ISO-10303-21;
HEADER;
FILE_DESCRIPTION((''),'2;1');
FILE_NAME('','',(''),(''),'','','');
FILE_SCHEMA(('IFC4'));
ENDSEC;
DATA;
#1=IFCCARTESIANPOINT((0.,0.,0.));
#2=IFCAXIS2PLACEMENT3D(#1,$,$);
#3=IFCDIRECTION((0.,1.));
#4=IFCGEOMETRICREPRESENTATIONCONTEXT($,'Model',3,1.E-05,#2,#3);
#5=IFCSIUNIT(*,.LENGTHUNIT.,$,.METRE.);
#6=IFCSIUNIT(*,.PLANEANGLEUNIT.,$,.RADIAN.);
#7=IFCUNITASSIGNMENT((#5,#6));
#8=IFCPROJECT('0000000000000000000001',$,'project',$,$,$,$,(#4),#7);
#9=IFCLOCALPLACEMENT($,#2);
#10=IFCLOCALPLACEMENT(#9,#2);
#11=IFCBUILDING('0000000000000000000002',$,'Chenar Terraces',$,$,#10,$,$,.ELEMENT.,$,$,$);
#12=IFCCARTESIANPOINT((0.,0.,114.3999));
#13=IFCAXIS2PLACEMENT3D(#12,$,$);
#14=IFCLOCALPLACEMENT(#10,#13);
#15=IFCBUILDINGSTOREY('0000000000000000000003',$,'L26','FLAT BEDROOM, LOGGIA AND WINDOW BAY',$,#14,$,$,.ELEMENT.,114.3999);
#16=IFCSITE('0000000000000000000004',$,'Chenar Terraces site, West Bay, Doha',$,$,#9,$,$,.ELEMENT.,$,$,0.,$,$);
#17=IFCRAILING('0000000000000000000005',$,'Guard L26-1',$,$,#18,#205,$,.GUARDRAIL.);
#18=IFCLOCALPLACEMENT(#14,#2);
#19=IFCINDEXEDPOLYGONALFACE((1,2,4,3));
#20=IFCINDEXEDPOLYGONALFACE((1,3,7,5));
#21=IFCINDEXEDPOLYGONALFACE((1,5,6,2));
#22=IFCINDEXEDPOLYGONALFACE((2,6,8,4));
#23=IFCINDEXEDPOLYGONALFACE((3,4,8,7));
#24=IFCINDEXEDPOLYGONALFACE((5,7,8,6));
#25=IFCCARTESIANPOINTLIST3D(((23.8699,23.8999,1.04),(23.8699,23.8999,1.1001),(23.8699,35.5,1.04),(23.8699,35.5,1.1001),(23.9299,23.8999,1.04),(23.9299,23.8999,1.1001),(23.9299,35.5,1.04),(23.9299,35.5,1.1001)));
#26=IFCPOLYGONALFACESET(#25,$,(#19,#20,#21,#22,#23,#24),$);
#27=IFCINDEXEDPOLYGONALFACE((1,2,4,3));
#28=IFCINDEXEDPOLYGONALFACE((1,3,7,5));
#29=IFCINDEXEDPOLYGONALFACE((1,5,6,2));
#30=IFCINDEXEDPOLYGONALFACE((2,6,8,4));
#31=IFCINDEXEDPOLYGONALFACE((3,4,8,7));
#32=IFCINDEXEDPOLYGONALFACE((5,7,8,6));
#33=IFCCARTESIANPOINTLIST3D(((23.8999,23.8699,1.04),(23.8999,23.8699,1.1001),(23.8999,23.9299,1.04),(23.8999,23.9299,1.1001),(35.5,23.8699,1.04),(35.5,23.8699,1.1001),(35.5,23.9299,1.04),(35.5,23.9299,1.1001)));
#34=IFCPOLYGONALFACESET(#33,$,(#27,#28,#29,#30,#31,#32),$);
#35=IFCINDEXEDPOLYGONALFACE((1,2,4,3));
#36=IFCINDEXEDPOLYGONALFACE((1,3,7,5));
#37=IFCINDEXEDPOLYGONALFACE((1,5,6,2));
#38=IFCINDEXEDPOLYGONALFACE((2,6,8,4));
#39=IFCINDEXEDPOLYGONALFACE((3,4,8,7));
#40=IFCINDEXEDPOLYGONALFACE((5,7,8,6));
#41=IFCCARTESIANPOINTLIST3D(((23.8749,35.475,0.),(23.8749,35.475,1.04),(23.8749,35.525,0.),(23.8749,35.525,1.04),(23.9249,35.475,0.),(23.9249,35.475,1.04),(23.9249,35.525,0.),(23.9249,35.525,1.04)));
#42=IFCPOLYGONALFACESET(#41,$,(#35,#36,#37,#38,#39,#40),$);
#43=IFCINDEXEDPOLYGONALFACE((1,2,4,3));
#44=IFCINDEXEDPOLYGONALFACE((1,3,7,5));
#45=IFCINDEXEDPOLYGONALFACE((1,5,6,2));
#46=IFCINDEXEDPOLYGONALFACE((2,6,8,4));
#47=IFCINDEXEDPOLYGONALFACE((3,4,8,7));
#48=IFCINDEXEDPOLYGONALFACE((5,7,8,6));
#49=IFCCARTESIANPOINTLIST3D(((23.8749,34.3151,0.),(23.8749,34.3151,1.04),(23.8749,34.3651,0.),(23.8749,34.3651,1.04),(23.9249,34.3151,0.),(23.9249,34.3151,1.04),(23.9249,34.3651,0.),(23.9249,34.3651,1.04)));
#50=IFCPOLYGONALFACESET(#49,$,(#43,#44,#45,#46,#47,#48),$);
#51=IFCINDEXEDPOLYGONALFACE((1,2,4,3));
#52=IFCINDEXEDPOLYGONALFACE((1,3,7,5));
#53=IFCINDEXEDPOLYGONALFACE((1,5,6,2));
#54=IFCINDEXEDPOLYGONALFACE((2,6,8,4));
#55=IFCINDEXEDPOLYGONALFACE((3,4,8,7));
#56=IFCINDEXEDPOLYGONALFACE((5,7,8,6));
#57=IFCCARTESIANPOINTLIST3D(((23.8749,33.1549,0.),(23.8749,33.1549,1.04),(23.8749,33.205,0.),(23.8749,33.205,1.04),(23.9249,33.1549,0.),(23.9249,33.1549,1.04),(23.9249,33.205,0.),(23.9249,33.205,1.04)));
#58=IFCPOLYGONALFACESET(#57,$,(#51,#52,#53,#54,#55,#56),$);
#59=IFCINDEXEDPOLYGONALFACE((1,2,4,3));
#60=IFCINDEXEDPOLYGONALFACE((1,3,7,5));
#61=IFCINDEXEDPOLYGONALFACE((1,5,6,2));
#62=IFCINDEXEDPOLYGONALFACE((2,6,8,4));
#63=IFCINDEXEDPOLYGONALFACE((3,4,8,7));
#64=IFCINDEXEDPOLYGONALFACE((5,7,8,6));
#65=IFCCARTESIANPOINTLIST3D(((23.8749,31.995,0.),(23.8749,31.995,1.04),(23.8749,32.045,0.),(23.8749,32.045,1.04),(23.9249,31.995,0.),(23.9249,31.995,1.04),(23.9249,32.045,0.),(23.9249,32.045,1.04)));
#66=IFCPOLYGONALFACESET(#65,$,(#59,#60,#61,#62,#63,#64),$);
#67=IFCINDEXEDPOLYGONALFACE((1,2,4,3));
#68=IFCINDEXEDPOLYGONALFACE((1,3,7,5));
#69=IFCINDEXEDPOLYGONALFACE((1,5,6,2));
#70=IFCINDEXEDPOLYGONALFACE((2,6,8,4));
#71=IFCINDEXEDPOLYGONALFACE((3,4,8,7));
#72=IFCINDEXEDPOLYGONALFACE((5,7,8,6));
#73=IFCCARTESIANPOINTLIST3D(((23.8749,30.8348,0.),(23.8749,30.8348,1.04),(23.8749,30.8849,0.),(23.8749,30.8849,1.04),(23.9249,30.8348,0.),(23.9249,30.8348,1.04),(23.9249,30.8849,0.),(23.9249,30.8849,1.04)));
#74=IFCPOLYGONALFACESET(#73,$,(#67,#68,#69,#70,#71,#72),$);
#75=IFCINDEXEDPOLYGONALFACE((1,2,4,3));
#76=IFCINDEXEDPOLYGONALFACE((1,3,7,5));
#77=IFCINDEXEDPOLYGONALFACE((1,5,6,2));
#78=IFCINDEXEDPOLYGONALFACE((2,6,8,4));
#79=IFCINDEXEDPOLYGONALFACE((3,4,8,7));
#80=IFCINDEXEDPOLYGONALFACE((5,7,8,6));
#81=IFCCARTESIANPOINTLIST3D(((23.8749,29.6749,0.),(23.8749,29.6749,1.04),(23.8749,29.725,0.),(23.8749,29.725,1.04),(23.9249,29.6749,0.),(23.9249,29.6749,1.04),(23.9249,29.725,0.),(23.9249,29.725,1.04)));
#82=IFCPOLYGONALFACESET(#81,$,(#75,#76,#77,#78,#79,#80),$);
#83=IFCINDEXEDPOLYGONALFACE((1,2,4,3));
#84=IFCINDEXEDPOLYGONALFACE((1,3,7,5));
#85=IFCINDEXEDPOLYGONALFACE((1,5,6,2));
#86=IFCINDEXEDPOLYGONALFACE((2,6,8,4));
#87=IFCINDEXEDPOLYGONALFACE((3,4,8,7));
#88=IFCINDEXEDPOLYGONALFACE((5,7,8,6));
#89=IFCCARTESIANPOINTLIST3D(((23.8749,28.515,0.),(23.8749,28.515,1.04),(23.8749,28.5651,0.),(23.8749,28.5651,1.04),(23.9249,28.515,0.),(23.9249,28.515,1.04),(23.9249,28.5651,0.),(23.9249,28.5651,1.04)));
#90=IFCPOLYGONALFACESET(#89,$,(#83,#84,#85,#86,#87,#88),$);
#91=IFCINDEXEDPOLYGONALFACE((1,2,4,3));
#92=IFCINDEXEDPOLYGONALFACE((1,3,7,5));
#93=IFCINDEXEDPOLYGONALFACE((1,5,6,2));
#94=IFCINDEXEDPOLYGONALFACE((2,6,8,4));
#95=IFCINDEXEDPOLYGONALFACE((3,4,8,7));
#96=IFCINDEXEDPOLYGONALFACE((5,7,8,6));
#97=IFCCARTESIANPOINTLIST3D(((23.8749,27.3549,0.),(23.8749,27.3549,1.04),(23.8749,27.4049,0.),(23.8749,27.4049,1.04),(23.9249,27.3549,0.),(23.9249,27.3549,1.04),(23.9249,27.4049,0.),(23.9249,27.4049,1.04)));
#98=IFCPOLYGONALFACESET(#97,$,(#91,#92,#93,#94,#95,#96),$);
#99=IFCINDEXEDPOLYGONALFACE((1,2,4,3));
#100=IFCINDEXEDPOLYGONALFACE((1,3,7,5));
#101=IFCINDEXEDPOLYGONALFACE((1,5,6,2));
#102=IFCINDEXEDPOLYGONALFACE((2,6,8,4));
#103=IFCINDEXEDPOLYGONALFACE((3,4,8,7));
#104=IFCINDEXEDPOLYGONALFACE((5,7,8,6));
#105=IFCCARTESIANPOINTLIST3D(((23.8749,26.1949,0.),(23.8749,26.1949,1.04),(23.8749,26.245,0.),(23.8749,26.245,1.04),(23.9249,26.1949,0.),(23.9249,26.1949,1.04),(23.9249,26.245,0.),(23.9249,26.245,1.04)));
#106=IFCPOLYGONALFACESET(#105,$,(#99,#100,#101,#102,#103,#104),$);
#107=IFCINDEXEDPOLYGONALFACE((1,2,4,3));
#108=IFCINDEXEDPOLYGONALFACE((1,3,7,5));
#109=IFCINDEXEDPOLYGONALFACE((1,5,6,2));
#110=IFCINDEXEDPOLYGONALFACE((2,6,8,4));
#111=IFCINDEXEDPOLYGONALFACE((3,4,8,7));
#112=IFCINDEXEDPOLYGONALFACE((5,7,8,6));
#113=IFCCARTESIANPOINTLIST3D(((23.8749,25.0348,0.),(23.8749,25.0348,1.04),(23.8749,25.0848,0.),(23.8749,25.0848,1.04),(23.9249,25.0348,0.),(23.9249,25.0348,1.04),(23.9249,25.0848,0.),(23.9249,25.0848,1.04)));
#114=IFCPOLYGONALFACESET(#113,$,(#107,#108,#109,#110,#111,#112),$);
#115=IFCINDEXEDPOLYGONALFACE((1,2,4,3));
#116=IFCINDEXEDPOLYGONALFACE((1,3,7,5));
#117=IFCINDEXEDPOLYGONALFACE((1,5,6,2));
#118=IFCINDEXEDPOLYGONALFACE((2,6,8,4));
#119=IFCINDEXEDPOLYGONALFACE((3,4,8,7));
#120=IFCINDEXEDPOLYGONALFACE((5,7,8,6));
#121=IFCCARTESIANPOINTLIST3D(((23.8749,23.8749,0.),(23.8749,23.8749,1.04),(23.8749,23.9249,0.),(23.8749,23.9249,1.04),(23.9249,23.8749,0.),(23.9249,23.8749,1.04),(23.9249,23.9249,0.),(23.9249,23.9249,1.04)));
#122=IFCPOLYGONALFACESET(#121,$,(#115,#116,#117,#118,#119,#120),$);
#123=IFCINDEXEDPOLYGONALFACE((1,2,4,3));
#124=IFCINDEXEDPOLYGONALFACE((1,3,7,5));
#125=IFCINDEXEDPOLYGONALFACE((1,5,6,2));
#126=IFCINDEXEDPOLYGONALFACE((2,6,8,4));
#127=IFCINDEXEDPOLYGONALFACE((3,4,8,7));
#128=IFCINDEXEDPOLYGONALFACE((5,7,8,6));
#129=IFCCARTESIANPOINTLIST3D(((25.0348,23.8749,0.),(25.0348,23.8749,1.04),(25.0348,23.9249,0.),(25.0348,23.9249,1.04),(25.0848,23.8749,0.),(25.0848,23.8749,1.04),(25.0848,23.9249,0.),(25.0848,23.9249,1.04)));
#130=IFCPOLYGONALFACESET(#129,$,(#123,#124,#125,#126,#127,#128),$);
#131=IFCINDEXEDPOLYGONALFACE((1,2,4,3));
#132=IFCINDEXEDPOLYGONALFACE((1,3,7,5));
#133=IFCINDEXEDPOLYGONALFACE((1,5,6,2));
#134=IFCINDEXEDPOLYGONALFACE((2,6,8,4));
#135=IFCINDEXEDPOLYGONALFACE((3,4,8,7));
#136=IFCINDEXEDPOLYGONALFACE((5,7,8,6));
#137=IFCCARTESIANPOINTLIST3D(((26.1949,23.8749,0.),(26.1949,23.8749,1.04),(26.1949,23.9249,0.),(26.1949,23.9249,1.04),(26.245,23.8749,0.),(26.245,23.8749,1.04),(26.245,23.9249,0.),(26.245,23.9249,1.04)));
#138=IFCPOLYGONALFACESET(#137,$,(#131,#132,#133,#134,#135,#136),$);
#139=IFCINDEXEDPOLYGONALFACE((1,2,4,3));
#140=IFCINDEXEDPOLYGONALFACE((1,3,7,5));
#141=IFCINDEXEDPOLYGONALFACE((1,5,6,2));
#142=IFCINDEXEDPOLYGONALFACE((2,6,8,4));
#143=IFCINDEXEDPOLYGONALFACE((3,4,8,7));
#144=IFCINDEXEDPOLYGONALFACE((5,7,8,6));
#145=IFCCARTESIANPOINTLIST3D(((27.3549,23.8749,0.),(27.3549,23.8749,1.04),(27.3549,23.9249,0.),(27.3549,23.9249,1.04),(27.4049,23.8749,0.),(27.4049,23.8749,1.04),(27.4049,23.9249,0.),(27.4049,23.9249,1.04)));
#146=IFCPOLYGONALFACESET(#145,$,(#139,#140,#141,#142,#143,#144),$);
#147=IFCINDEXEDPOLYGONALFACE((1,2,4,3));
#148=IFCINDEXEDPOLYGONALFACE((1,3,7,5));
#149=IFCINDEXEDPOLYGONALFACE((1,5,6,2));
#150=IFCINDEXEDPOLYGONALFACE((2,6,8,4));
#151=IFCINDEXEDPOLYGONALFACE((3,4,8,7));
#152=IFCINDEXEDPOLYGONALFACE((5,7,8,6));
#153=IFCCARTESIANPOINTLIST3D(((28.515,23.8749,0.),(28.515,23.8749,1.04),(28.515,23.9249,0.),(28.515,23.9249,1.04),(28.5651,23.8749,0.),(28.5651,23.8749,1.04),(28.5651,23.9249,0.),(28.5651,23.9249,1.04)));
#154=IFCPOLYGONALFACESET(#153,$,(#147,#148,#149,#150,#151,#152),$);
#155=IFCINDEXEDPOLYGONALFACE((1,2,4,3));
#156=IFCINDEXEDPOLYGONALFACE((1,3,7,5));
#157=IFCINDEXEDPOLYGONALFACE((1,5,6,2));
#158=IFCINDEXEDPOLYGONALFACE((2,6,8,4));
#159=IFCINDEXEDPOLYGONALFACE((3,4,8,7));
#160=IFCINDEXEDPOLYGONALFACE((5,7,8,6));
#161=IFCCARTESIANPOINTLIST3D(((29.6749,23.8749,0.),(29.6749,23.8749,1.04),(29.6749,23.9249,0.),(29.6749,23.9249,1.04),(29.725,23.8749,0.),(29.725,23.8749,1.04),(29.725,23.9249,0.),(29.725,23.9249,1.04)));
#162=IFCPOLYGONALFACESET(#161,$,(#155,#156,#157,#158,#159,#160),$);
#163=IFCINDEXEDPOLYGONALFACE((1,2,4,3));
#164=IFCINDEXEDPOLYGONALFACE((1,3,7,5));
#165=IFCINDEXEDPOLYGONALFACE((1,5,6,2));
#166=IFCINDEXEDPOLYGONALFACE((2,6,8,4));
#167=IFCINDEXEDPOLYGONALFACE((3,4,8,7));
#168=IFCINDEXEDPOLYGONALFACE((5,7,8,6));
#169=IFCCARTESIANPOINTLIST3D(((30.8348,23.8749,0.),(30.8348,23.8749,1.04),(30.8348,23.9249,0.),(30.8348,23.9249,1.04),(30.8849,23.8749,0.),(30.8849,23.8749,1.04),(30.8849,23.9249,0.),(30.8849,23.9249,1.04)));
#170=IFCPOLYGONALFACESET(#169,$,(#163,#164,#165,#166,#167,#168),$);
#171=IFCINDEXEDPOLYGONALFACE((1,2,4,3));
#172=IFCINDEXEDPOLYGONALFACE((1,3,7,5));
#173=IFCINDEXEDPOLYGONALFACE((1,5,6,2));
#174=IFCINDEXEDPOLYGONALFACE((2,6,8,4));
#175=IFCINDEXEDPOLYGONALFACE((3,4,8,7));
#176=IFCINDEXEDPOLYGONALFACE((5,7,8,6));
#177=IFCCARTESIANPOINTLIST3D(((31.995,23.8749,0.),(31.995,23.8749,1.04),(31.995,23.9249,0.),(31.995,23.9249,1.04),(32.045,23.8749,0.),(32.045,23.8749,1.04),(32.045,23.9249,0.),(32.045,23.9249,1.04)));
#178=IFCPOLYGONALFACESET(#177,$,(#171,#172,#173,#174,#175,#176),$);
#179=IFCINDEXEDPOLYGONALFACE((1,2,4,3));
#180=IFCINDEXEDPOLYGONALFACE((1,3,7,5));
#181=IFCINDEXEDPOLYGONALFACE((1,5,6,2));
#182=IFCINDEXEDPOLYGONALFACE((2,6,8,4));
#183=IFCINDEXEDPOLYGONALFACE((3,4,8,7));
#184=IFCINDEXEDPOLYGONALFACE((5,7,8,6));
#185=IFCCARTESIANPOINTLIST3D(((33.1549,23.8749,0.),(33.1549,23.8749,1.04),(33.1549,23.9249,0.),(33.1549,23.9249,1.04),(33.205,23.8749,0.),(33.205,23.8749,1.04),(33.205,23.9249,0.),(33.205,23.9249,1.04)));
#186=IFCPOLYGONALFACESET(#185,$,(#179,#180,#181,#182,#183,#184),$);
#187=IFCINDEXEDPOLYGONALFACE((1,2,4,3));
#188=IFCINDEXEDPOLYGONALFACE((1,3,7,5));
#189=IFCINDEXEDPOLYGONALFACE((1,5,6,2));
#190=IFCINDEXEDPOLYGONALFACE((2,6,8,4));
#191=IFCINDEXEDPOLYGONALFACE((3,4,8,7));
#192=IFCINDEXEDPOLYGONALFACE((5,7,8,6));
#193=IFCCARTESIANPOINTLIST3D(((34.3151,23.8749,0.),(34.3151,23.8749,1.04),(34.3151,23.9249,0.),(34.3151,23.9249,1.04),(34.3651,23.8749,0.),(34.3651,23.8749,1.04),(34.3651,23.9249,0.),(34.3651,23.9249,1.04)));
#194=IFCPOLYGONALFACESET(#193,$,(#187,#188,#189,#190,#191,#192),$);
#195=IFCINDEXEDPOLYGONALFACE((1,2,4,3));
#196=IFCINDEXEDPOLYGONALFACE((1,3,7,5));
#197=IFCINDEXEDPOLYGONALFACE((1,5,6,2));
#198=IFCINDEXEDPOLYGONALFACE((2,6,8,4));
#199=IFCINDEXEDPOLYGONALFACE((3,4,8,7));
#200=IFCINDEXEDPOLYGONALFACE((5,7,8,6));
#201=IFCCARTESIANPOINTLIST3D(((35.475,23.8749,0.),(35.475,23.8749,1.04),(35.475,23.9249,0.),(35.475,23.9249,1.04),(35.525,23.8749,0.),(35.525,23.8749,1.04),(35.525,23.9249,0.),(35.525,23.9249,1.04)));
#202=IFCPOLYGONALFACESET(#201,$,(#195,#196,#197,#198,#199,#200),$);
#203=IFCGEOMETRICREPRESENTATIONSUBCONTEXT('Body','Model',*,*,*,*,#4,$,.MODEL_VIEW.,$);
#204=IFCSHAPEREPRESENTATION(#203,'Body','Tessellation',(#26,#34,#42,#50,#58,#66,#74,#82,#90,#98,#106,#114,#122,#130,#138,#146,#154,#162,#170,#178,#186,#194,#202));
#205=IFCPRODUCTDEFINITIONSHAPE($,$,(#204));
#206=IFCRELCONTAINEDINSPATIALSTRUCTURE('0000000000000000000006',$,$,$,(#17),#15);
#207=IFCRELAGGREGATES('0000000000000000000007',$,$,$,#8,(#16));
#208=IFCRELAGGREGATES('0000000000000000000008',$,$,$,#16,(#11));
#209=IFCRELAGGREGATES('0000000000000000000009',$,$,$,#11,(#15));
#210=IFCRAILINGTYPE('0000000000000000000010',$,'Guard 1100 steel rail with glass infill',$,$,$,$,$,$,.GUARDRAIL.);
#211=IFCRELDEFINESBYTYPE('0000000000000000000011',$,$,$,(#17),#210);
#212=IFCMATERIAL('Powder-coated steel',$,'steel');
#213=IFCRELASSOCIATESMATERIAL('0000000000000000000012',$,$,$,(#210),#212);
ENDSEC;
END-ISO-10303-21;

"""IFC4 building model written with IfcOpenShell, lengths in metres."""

from ifc_helpers import new_model, si_unit, direction, frame, origin, origin_2d, place, context, subcontext, project, spatial, rectangle, extrude, material, type_object, element, save


model = new_model("IFC4")

# Units and contexts
model_context = context("Model", 3, precision=1e-05, world=origin(), true_north=direction((0.0, 1.0)))
body_context = subcontext(model_context, "Body", "Model", "MODEL_VIEW")
ifc_project = project(units=[si_unit("LENGTHUNIT", "METRE"), si_unit("PLANEANGLEUNIT", "RADIAN")], contexts=[model_context])

# Site, building, storey
site_placement = place(None, origin())
site = spatial("IfcSite", under=ifc_project, at=site_placement, Name="Chenar Terraces site, West Bay, Doha", CompositionType="ELEMENT", RefElevation=0.0)
building_placement = place(site_placement, origin())
building = spatial("IfcBuilding", under=site, at=building_placement, Name="Chenar Terraces", CompositionType="ELEMENT")
storey_placement = place(building_placement, frame((0.0, 0.0, 114.3999)))
storey = spatial("IfcBuildingStorey", under=building, at=storey_placement, Name="L26", Description="FLAT BEDROOM, LOGGIA AND WINDOW BAY", CompositionType="ELEMENT", Elevation=114.3999)

# Railing
ifc_material_1 = material(Name="Powder-coated steel", Category="steel")
railing_type = type_object("IfcRailingType", Name="Guard 1100 steel rail with glass infill", PredefinedType="GUARDRAIL", material=ifc_material_1)
railing_placement = place(storey_placement, frame((23.8999, 35.5, 0.0)))
element("IfcRailing", 1, at=railing_placement, inside=storey, type_object=railing_type, Name="Guard L26-1", PredefinedType="GUARDRAIL", context=body_context, shape_type="SweptSolid", body=[
    extrude(rectangle(XDim=0.0601, YDim=0.0601, at=origin_2d()), frame((0.0, 0.0, 1.0701), z_axis=(0.0, -1.0, 0.0), x_axis=(1.0, 0.0, 0.0)), (0.0, 0.0, 1.0), 11.6001),
    extrude(rectangle(XDim=0.0601, YDim=0.0601, at=origin_2d()), frame((0.0, -11.6001, 1.0701), z_axis=(1.0, 0.0, 0.0), x_axis=(0.0, 1.0, 0.0)), (0.0, 0.0, 1.0), 11.6001),
    extrude(rectangle(XDim=0.05, YDim=0.05, at=origin_2d()), origin(), (0.0, 0.0, 1.0), 1.04),
    extrude(rectangle(XDim=0.05, YDim=0.05, at=origin_2d()), frame((0.0, -1.1599, 0.0)), (0.0, 0.0, 1.0), 1.04),
    extrude(rectangle(XDim=0.05, YDim=0.05, at=origin_2d()), frame((0.0, -2.3201, 0.0)), (0.0, 0.0, 1.0), 1.04),
    extrude(rectangle(XDim=0.05, YDim=0.05, at=origin_2d()), frame((0.0, -3.48, 0.0)), (0.0, 0.0, 1.0), 1.04),
    extrude(rectangle(XDim=0.05, YDim=0.05, at=origin_2d()), frame((0.0, -4.6401, 0.0)), (0.0, 0.0, 1.0), 1.04),
    extrude(rectangle(XDim=0.05, YDim=0.05, at=origin_2d()), frame((0.0, -5.8, 0.0)), (0.0, 0.0, 1.0), 1.04),
    extrude(rectangle(XDim=0.05, YDim=0.05, at=origin_2d()), frame((0.0, -6.96, 0.0)), (0.0, 0.0, 1.0), 1.04),
    extrude(rectangle(XDim=0.05, YDim=0.05, at=origin_2d()), frame((0.0, -8.1201, 0.0)), (0.0, 0.0, 1.0), 1.04),
    extrude(rectangle(XDim=0.05, YDim=0.05, at=origin_2d()), frame((0.0, -9.28, 0.0)), (0.0, 0.0, 1.0), 1.04),
    extrude(rectangle(XDim=0.05, YDim=0.05, at=origin_2d()), frame((0.0, -10.4402, 0.0)), (0.0, 0.0, 1.0), 1.04),
    extrude(rectangle(XDim=0.05, YDim=0.05, at=origin_2d()), frame((0.0, -11.6001, 0.0)), (0.0, 0.0, 1.0), 1.04),
    extrude(rectangle(XDim=0.05, YDim=0.05, at=origin_2d()), frame((1.1599, -11.6001, 0.0)), (0.0, 0.0, 1.0), 1.04),
    extrude(rectangle(XDim=0.05, YDim=0.05, at=origin_2d()), frame((2.3201, -11.6001, 0.0)), (0.0, 0.0, 1.0), 1.04),
    extrude(rectangle(XDim=0.05, YDim=0.05, at=origin_2d()), frame((3.48, -11.6001, 0.0)), (0.0, 0.0, 1.0), 1.04),
    extrude(rectangle(XDim=0.05, YDim=0.05, at=origin_2d()), frame((4.6401, -11.6001, 0.0)), (0.0, 0.0, 1.0), 1.04),
    extrude(rectangle(XDim=0.05, YDim=0.05, at=origin_2d()), frame((5.8, -11.6001, 0.0)), (0.0, 0.0, 1.0), 1.04),
    extrude(rectangle(XDim=0.05, YDim=0.05, at=origin_2d()), frame((6.96, -11.6001, 0.0)), (0.0, 0.0, 1.0), 1.04),
    extrude(rectangle(XDim=0.05, YDim=0.05, at=origin_2d()), frame((8.1201, -11.6001, 0.0)), (0.0, 0.0, 1.0), 1.04),
    extrude(rectangle(XDim=0.05, YDim=0.05, at=origin_2d()), frame((9.28, -11.6001, 0.0)), (0.0, 0.0, 1.0), 1.04),
    extrude(rectangle(XDim=0.05, YDim=0.05, at=origin_2d()), frame((10.4402, -11.6001, 0.0)), (0.0, 0.0, 1.0), 1.04),
    extrude(rectangle(XDim=0.05, YDim=0.05, at=origin_2d()), frame((11.6001, -11.6001, 0.0)), (0.0, 0.0, 1.0), 1.04),
])

save(model, "model.ifc")
